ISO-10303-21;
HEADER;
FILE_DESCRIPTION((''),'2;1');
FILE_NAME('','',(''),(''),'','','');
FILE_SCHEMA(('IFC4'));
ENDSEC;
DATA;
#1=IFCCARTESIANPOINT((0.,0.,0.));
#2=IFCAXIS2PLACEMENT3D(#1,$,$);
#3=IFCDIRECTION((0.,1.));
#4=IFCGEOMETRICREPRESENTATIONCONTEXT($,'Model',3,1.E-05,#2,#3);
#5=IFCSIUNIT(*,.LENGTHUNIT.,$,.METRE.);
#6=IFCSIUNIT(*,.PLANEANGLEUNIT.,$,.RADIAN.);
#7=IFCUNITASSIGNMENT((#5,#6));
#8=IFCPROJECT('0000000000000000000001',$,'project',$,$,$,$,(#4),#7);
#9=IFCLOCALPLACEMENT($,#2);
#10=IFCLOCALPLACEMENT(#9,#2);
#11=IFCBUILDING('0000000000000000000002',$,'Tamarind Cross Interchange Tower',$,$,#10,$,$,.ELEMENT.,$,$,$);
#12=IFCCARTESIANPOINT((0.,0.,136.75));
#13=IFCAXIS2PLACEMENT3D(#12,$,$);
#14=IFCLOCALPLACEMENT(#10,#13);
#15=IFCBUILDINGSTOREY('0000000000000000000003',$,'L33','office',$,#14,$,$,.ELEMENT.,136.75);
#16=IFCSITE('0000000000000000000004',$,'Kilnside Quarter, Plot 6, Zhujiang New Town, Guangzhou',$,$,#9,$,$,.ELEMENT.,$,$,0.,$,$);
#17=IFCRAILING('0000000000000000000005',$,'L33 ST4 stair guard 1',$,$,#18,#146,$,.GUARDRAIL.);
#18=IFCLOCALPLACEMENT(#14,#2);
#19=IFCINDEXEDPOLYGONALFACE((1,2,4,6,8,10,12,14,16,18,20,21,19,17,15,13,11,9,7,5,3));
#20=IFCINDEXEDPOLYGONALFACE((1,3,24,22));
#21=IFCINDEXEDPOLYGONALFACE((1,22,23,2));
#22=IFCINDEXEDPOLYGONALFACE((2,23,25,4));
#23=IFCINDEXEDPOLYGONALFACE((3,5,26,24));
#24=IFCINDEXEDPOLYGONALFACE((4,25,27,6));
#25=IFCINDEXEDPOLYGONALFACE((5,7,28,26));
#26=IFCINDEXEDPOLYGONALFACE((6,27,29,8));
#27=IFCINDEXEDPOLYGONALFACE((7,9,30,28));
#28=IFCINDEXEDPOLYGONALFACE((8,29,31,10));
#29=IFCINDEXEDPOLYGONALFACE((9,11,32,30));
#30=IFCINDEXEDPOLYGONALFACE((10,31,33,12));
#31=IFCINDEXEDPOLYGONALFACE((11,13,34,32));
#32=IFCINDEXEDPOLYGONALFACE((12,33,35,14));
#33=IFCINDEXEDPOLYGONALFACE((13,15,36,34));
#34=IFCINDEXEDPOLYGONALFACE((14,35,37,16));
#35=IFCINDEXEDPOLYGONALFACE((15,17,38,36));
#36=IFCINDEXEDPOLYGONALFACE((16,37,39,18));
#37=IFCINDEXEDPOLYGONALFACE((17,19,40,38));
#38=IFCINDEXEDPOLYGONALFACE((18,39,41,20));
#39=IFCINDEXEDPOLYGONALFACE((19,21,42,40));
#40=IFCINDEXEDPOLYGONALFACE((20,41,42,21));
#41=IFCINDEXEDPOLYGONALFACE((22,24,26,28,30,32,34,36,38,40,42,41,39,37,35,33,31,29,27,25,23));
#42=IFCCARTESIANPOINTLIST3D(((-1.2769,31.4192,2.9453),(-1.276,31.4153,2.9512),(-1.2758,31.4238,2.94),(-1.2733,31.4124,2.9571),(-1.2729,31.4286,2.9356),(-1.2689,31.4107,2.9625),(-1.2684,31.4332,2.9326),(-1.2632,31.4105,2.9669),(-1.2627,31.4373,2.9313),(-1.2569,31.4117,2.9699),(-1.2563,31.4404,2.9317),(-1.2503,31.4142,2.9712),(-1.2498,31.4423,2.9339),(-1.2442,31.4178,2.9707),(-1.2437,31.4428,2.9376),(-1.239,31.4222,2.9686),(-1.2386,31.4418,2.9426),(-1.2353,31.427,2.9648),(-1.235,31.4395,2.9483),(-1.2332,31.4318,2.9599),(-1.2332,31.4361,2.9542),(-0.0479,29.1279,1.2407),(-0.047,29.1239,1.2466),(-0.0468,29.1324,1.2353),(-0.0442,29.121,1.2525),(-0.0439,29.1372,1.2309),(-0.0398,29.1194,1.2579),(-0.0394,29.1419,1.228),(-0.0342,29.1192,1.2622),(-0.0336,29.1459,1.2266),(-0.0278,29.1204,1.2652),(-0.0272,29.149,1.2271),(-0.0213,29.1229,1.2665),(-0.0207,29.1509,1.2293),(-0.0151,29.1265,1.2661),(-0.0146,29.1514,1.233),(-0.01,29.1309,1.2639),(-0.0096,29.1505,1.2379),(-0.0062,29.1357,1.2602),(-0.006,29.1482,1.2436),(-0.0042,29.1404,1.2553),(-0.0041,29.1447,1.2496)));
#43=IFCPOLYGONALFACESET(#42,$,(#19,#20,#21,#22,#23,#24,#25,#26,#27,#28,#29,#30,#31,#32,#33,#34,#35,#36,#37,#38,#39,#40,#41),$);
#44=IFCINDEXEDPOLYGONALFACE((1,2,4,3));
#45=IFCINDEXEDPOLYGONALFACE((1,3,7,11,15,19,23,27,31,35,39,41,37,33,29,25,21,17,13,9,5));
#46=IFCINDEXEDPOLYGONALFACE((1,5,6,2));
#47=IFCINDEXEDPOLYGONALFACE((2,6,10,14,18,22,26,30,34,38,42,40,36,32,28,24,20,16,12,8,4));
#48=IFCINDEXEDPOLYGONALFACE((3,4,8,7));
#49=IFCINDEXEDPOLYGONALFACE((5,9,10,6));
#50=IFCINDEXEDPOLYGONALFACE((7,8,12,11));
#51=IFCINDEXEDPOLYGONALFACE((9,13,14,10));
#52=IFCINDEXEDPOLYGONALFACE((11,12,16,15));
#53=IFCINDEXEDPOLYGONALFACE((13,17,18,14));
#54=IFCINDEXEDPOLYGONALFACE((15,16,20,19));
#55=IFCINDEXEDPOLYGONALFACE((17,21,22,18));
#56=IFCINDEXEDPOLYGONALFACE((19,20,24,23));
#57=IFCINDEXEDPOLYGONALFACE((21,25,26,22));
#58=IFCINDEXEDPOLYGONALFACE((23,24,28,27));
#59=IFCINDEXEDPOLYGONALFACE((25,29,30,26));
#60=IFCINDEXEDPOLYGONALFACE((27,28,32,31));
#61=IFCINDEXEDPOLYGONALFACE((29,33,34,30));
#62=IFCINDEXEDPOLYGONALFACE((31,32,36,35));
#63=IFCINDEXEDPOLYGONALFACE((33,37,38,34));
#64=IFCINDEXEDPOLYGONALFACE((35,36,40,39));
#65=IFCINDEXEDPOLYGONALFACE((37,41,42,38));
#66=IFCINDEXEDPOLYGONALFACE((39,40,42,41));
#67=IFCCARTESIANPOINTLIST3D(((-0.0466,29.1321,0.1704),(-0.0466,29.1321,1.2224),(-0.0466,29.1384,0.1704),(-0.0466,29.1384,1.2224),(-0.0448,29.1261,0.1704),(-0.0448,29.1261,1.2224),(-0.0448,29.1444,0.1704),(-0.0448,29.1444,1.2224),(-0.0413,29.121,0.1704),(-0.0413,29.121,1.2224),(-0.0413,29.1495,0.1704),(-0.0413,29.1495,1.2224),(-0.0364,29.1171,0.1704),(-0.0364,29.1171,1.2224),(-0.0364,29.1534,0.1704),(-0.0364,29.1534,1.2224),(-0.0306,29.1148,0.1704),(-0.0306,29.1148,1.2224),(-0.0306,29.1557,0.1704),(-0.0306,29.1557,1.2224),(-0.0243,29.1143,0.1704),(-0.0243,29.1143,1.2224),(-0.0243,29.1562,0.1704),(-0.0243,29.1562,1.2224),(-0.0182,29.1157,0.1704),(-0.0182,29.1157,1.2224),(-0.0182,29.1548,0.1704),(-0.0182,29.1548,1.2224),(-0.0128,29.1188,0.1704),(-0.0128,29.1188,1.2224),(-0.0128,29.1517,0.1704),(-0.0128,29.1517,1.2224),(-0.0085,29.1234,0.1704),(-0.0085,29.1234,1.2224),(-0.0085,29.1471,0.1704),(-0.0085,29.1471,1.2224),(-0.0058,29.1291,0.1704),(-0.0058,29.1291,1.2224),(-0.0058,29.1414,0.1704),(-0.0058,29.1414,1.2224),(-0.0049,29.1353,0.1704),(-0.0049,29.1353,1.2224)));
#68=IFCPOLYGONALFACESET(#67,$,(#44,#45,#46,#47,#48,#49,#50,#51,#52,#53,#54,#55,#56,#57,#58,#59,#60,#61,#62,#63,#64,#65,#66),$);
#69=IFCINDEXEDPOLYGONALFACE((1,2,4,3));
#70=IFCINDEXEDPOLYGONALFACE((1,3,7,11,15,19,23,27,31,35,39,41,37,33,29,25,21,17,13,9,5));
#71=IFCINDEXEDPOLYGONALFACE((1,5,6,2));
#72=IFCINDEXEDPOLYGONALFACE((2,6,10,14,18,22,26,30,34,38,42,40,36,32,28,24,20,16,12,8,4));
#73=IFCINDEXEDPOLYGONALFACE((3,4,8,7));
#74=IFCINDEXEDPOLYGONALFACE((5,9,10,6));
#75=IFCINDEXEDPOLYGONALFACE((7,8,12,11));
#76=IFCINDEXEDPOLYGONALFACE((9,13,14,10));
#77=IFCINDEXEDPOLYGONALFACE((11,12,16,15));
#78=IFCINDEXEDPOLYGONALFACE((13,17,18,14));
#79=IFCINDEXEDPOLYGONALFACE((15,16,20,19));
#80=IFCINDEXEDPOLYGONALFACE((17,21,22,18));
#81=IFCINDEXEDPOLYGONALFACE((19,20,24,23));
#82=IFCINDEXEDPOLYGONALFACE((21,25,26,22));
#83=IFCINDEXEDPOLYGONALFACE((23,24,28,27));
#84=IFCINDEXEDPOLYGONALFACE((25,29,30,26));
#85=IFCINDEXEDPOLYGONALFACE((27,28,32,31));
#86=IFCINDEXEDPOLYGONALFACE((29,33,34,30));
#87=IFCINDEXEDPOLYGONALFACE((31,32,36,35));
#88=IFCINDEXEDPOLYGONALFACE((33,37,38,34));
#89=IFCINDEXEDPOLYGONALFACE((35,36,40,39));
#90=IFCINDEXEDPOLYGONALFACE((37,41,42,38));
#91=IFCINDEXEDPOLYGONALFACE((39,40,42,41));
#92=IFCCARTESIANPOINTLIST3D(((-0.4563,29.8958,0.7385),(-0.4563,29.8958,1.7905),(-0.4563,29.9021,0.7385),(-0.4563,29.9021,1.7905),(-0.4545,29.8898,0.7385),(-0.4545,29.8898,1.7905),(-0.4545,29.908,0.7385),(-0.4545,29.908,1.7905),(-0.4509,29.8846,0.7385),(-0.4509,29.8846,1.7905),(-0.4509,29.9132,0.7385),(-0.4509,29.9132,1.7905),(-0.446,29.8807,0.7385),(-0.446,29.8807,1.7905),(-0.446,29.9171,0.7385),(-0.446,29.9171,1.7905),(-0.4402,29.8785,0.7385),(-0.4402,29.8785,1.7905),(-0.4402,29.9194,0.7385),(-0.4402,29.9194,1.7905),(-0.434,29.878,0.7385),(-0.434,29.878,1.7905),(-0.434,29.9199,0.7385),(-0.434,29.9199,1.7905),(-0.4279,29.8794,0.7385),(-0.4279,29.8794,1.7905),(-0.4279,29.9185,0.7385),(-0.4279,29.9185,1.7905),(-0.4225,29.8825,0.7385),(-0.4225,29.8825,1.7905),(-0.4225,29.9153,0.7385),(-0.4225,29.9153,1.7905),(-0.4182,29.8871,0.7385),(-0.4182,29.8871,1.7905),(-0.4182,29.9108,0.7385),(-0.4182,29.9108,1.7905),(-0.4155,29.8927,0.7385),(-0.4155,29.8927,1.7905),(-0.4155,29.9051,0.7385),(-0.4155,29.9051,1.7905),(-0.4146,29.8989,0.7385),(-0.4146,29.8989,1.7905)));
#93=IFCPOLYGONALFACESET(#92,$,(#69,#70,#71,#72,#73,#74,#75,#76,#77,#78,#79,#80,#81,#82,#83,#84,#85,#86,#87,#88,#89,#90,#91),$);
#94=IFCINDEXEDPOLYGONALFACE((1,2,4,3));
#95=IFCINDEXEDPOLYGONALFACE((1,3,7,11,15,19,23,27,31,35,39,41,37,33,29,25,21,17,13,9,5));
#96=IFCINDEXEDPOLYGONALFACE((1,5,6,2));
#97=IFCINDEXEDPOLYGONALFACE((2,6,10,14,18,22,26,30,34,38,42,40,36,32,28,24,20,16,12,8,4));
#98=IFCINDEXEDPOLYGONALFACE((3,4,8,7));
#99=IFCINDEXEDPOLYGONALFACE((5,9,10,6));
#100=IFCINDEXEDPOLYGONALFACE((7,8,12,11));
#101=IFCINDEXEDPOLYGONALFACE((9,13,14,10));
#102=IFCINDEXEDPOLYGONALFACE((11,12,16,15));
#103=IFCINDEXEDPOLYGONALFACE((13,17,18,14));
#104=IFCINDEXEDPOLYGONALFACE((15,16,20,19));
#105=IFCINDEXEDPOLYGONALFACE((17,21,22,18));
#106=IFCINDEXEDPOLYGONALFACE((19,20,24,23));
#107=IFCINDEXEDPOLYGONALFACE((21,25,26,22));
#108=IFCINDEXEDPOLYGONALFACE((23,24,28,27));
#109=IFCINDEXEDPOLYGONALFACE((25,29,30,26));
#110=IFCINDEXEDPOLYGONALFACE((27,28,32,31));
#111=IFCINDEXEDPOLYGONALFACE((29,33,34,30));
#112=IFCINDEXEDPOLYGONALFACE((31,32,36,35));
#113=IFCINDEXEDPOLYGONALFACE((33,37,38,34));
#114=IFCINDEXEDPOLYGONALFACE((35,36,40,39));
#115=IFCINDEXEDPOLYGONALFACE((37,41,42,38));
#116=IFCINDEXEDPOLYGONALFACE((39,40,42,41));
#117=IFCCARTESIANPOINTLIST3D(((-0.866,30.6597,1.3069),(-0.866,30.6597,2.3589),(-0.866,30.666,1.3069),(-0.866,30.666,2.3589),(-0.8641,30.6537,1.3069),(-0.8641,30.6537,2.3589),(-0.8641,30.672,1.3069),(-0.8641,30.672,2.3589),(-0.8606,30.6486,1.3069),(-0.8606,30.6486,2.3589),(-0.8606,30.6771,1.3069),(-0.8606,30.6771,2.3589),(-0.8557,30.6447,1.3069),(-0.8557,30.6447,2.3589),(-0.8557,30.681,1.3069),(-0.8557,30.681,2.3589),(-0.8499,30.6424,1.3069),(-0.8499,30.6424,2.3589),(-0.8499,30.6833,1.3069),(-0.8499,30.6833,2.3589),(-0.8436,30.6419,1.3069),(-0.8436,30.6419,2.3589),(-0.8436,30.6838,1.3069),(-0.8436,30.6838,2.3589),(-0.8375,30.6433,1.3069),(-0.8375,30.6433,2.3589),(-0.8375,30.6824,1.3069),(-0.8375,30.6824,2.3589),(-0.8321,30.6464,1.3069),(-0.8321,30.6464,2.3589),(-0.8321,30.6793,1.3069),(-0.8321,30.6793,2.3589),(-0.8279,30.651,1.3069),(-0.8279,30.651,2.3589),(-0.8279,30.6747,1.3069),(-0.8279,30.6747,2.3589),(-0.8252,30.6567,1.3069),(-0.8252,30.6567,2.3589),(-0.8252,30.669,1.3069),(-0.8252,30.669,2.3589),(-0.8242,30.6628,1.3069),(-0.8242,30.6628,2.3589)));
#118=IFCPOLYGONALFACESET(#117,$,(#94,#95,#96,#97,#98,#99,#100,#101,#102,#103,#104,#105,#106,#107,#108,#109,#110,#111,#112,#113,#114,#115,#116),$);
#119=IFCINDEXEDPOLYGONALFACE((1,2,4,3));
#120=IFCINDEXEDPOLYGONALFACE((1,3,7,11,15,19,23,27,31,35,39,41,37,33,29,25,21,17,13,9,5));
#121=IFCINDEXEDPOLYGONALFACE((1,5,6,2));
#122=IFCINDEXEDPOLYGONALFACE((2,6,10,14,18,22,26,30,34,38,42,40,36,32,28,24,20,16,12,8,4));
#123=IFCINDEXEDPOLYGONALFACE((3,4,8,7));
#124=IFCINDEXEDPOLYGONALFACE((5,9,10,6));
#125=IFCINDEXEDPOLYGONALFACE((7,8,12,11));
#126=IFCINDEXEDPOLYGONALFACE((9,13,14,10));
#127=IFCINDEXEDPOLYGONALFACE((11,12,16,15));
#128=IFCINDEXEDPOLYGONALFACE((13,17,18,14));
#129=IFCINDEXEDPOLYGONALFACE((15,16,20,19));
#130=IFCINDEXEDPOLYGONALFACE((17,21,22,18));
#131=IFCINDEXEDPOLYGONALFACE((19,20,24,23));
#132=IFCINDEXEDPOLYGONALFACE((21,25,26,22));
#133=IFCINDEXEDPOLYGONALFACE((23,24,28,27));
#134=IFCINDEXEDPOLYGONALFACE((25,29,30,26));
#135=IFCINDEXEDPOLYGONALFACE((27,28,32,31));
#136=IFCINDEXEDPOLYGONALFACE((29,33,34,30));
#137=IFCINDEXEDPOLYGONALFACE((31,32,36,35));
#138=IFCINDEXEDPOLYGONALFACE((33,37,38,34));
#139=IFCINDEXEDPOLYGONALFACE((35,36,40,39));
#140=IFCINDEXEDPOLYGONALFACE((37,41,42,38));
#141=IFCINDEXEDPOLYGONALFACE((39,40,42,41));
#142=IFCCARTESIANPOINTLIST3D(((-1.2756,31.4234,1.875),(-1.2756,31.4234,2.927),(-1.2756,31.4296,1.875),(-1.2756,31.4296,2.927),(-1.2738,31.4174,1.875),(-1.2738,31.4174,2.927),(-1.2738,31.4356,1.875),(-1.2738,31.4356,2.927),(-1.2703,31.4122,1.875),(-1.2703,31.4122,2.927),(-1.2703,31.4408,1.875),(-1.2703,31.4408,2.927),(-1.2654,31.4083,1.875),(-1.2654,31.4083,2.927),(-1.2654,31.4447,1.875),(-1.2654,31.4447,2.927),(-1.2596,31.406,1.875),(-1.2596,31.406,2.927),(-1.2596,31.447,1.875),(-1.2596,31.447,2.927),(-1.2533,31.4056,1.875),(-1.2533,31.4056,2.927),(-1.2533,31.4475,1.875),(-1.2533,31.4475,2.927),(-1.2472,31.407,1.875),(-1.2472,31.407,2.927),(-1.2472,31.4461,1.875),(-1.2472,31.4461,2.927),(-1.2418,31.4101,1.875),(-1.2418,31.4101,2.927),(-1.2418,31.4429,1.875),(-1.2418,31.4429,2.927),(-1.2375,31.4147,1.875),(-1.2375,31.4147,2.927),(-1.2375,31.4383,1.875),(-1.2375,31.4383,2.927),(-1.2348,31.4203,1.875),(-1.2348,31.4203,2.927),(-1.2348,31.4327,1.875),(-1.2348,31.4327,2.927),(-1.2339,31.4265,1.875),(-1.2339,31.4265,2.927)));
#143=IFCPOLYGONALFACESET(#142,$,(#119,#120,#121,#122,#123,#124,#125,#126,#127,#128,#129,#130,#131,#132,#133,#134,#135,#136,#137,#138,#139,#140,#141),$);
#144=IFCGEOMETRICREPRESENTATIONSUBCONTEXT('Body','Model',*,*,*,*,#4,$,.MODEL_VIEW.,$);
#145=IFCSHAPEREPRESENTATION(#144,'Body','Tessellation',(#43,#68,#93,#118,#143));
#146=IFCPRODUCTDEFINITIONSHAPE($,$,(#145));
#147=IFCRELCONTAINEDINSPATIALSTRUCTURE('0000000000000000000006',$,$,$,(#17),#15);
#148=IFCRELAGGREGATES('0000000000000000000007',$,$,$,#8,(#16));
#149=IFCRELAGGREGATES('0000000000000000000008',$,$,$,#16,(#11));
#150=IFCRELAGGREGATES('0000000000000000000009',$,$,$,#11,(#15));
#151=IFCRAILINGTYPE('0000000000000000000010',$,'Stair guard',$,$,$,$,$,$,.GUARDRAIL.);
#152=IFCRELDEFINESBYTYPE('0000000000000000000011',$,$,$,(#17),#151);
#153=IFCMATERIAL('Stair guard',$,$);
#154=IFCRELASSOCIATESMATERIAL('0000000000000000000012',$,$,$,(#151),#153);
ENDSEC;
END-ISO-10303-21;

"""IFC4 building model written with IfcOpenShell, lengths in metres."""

from ifc_helpers import new_model, si_unit, direction, frame, origin, origin_2d, place, context, subcontext, project, spatial, circle, extrude, material, type_object, element, save


model = new_model("IFC4")

# Units and contexts
model_context = context("Model", 3, precision=1e-05, world=origin(), true_north=direction((0.0, 1.0)))
body_context = subcontext(model_context, "Body", "Model", "MODEL_VIEW")
ifc_project = project(units=[si_unit("LENGTHUNIT", "METRE"), si_unit("PLANEANGLEUNIT", "RADIAN")], contexts=[model_context])

# Site, building, storey
site_placement = place(None, origin())
site = spatial("IfcSite", under=ifc_project, at=site_placement, Name="Kilnside Quarter, Plot 6, Zhujiang New Town, Guangzhou", CompositionType="ELEMENT", RefElevation=0.0)
building_placement = place(site_placement, origin())
building = spatial("IfcBuilding", under=site, at=building_placement, Name="Tamarind Cross Interchange Tower", CompositionType="ELEMENT")
storey_placement = place(building_placement, frame((0.0, 0.0, 136.75)))
storey = spatial("IfcBuildingStorey", under=building, at=storey_placement, Name="L33", Description="office", CompositionType="ELEMENT", Elevation=136.75)

# Railing
ifc_material_1 = material(Name="Stair guard")
railing_type_1 = type_object("IfcRailingType", Name="Stair guard", PredefinedType="GUARDRAIL", material=ifc_material_1)
railing_1_placement = place(storey_placement, frame((-0.0259, 29.1353, 0.1704)))
element("IfcRailing", 1, at=railing_1_placement, inside=storey, type_object=railing_type_1, Name="L33 ST4 stair guard 1", PredefinedType="GUARDRAIL", context=body_context, shape_type="SweptSolid", body=[
    extrude(circle(Radius=0.0239, at=origin_2d()), frame((0.0, 0.0, 1.0762), z_axis=(-0.395304, 0.736974, 0.548274), x_axis=(-0.881233, -0.472683, 0.0)), (0.0, 0.0, 1.0), 3.1091),
    extrude(circle(Radius=0.021, at=origin_2d()), origin(), (0.0, 0.0, 1.0), 1.052),
    extrude(circle(Radius=0.021, at=origin_2d()), frame((-0.4097, 0.7637, 0.5681)), (0.0, 0.0, 1.0), 1.052),
    extrude(circle(Radius=0.021, at=origin_2d()), frame((-0.8193, 1.5276, 1.1365)), (0.0, 0.0, 1.0), 1.052),
    extrude(circle(Radius=0.021, at=origin_2d()), frame((-1.229, 2.2913, 1.7046)), (0.0, 0.0, 1.0), 1.052),
])

save(model, "model.ifc")
